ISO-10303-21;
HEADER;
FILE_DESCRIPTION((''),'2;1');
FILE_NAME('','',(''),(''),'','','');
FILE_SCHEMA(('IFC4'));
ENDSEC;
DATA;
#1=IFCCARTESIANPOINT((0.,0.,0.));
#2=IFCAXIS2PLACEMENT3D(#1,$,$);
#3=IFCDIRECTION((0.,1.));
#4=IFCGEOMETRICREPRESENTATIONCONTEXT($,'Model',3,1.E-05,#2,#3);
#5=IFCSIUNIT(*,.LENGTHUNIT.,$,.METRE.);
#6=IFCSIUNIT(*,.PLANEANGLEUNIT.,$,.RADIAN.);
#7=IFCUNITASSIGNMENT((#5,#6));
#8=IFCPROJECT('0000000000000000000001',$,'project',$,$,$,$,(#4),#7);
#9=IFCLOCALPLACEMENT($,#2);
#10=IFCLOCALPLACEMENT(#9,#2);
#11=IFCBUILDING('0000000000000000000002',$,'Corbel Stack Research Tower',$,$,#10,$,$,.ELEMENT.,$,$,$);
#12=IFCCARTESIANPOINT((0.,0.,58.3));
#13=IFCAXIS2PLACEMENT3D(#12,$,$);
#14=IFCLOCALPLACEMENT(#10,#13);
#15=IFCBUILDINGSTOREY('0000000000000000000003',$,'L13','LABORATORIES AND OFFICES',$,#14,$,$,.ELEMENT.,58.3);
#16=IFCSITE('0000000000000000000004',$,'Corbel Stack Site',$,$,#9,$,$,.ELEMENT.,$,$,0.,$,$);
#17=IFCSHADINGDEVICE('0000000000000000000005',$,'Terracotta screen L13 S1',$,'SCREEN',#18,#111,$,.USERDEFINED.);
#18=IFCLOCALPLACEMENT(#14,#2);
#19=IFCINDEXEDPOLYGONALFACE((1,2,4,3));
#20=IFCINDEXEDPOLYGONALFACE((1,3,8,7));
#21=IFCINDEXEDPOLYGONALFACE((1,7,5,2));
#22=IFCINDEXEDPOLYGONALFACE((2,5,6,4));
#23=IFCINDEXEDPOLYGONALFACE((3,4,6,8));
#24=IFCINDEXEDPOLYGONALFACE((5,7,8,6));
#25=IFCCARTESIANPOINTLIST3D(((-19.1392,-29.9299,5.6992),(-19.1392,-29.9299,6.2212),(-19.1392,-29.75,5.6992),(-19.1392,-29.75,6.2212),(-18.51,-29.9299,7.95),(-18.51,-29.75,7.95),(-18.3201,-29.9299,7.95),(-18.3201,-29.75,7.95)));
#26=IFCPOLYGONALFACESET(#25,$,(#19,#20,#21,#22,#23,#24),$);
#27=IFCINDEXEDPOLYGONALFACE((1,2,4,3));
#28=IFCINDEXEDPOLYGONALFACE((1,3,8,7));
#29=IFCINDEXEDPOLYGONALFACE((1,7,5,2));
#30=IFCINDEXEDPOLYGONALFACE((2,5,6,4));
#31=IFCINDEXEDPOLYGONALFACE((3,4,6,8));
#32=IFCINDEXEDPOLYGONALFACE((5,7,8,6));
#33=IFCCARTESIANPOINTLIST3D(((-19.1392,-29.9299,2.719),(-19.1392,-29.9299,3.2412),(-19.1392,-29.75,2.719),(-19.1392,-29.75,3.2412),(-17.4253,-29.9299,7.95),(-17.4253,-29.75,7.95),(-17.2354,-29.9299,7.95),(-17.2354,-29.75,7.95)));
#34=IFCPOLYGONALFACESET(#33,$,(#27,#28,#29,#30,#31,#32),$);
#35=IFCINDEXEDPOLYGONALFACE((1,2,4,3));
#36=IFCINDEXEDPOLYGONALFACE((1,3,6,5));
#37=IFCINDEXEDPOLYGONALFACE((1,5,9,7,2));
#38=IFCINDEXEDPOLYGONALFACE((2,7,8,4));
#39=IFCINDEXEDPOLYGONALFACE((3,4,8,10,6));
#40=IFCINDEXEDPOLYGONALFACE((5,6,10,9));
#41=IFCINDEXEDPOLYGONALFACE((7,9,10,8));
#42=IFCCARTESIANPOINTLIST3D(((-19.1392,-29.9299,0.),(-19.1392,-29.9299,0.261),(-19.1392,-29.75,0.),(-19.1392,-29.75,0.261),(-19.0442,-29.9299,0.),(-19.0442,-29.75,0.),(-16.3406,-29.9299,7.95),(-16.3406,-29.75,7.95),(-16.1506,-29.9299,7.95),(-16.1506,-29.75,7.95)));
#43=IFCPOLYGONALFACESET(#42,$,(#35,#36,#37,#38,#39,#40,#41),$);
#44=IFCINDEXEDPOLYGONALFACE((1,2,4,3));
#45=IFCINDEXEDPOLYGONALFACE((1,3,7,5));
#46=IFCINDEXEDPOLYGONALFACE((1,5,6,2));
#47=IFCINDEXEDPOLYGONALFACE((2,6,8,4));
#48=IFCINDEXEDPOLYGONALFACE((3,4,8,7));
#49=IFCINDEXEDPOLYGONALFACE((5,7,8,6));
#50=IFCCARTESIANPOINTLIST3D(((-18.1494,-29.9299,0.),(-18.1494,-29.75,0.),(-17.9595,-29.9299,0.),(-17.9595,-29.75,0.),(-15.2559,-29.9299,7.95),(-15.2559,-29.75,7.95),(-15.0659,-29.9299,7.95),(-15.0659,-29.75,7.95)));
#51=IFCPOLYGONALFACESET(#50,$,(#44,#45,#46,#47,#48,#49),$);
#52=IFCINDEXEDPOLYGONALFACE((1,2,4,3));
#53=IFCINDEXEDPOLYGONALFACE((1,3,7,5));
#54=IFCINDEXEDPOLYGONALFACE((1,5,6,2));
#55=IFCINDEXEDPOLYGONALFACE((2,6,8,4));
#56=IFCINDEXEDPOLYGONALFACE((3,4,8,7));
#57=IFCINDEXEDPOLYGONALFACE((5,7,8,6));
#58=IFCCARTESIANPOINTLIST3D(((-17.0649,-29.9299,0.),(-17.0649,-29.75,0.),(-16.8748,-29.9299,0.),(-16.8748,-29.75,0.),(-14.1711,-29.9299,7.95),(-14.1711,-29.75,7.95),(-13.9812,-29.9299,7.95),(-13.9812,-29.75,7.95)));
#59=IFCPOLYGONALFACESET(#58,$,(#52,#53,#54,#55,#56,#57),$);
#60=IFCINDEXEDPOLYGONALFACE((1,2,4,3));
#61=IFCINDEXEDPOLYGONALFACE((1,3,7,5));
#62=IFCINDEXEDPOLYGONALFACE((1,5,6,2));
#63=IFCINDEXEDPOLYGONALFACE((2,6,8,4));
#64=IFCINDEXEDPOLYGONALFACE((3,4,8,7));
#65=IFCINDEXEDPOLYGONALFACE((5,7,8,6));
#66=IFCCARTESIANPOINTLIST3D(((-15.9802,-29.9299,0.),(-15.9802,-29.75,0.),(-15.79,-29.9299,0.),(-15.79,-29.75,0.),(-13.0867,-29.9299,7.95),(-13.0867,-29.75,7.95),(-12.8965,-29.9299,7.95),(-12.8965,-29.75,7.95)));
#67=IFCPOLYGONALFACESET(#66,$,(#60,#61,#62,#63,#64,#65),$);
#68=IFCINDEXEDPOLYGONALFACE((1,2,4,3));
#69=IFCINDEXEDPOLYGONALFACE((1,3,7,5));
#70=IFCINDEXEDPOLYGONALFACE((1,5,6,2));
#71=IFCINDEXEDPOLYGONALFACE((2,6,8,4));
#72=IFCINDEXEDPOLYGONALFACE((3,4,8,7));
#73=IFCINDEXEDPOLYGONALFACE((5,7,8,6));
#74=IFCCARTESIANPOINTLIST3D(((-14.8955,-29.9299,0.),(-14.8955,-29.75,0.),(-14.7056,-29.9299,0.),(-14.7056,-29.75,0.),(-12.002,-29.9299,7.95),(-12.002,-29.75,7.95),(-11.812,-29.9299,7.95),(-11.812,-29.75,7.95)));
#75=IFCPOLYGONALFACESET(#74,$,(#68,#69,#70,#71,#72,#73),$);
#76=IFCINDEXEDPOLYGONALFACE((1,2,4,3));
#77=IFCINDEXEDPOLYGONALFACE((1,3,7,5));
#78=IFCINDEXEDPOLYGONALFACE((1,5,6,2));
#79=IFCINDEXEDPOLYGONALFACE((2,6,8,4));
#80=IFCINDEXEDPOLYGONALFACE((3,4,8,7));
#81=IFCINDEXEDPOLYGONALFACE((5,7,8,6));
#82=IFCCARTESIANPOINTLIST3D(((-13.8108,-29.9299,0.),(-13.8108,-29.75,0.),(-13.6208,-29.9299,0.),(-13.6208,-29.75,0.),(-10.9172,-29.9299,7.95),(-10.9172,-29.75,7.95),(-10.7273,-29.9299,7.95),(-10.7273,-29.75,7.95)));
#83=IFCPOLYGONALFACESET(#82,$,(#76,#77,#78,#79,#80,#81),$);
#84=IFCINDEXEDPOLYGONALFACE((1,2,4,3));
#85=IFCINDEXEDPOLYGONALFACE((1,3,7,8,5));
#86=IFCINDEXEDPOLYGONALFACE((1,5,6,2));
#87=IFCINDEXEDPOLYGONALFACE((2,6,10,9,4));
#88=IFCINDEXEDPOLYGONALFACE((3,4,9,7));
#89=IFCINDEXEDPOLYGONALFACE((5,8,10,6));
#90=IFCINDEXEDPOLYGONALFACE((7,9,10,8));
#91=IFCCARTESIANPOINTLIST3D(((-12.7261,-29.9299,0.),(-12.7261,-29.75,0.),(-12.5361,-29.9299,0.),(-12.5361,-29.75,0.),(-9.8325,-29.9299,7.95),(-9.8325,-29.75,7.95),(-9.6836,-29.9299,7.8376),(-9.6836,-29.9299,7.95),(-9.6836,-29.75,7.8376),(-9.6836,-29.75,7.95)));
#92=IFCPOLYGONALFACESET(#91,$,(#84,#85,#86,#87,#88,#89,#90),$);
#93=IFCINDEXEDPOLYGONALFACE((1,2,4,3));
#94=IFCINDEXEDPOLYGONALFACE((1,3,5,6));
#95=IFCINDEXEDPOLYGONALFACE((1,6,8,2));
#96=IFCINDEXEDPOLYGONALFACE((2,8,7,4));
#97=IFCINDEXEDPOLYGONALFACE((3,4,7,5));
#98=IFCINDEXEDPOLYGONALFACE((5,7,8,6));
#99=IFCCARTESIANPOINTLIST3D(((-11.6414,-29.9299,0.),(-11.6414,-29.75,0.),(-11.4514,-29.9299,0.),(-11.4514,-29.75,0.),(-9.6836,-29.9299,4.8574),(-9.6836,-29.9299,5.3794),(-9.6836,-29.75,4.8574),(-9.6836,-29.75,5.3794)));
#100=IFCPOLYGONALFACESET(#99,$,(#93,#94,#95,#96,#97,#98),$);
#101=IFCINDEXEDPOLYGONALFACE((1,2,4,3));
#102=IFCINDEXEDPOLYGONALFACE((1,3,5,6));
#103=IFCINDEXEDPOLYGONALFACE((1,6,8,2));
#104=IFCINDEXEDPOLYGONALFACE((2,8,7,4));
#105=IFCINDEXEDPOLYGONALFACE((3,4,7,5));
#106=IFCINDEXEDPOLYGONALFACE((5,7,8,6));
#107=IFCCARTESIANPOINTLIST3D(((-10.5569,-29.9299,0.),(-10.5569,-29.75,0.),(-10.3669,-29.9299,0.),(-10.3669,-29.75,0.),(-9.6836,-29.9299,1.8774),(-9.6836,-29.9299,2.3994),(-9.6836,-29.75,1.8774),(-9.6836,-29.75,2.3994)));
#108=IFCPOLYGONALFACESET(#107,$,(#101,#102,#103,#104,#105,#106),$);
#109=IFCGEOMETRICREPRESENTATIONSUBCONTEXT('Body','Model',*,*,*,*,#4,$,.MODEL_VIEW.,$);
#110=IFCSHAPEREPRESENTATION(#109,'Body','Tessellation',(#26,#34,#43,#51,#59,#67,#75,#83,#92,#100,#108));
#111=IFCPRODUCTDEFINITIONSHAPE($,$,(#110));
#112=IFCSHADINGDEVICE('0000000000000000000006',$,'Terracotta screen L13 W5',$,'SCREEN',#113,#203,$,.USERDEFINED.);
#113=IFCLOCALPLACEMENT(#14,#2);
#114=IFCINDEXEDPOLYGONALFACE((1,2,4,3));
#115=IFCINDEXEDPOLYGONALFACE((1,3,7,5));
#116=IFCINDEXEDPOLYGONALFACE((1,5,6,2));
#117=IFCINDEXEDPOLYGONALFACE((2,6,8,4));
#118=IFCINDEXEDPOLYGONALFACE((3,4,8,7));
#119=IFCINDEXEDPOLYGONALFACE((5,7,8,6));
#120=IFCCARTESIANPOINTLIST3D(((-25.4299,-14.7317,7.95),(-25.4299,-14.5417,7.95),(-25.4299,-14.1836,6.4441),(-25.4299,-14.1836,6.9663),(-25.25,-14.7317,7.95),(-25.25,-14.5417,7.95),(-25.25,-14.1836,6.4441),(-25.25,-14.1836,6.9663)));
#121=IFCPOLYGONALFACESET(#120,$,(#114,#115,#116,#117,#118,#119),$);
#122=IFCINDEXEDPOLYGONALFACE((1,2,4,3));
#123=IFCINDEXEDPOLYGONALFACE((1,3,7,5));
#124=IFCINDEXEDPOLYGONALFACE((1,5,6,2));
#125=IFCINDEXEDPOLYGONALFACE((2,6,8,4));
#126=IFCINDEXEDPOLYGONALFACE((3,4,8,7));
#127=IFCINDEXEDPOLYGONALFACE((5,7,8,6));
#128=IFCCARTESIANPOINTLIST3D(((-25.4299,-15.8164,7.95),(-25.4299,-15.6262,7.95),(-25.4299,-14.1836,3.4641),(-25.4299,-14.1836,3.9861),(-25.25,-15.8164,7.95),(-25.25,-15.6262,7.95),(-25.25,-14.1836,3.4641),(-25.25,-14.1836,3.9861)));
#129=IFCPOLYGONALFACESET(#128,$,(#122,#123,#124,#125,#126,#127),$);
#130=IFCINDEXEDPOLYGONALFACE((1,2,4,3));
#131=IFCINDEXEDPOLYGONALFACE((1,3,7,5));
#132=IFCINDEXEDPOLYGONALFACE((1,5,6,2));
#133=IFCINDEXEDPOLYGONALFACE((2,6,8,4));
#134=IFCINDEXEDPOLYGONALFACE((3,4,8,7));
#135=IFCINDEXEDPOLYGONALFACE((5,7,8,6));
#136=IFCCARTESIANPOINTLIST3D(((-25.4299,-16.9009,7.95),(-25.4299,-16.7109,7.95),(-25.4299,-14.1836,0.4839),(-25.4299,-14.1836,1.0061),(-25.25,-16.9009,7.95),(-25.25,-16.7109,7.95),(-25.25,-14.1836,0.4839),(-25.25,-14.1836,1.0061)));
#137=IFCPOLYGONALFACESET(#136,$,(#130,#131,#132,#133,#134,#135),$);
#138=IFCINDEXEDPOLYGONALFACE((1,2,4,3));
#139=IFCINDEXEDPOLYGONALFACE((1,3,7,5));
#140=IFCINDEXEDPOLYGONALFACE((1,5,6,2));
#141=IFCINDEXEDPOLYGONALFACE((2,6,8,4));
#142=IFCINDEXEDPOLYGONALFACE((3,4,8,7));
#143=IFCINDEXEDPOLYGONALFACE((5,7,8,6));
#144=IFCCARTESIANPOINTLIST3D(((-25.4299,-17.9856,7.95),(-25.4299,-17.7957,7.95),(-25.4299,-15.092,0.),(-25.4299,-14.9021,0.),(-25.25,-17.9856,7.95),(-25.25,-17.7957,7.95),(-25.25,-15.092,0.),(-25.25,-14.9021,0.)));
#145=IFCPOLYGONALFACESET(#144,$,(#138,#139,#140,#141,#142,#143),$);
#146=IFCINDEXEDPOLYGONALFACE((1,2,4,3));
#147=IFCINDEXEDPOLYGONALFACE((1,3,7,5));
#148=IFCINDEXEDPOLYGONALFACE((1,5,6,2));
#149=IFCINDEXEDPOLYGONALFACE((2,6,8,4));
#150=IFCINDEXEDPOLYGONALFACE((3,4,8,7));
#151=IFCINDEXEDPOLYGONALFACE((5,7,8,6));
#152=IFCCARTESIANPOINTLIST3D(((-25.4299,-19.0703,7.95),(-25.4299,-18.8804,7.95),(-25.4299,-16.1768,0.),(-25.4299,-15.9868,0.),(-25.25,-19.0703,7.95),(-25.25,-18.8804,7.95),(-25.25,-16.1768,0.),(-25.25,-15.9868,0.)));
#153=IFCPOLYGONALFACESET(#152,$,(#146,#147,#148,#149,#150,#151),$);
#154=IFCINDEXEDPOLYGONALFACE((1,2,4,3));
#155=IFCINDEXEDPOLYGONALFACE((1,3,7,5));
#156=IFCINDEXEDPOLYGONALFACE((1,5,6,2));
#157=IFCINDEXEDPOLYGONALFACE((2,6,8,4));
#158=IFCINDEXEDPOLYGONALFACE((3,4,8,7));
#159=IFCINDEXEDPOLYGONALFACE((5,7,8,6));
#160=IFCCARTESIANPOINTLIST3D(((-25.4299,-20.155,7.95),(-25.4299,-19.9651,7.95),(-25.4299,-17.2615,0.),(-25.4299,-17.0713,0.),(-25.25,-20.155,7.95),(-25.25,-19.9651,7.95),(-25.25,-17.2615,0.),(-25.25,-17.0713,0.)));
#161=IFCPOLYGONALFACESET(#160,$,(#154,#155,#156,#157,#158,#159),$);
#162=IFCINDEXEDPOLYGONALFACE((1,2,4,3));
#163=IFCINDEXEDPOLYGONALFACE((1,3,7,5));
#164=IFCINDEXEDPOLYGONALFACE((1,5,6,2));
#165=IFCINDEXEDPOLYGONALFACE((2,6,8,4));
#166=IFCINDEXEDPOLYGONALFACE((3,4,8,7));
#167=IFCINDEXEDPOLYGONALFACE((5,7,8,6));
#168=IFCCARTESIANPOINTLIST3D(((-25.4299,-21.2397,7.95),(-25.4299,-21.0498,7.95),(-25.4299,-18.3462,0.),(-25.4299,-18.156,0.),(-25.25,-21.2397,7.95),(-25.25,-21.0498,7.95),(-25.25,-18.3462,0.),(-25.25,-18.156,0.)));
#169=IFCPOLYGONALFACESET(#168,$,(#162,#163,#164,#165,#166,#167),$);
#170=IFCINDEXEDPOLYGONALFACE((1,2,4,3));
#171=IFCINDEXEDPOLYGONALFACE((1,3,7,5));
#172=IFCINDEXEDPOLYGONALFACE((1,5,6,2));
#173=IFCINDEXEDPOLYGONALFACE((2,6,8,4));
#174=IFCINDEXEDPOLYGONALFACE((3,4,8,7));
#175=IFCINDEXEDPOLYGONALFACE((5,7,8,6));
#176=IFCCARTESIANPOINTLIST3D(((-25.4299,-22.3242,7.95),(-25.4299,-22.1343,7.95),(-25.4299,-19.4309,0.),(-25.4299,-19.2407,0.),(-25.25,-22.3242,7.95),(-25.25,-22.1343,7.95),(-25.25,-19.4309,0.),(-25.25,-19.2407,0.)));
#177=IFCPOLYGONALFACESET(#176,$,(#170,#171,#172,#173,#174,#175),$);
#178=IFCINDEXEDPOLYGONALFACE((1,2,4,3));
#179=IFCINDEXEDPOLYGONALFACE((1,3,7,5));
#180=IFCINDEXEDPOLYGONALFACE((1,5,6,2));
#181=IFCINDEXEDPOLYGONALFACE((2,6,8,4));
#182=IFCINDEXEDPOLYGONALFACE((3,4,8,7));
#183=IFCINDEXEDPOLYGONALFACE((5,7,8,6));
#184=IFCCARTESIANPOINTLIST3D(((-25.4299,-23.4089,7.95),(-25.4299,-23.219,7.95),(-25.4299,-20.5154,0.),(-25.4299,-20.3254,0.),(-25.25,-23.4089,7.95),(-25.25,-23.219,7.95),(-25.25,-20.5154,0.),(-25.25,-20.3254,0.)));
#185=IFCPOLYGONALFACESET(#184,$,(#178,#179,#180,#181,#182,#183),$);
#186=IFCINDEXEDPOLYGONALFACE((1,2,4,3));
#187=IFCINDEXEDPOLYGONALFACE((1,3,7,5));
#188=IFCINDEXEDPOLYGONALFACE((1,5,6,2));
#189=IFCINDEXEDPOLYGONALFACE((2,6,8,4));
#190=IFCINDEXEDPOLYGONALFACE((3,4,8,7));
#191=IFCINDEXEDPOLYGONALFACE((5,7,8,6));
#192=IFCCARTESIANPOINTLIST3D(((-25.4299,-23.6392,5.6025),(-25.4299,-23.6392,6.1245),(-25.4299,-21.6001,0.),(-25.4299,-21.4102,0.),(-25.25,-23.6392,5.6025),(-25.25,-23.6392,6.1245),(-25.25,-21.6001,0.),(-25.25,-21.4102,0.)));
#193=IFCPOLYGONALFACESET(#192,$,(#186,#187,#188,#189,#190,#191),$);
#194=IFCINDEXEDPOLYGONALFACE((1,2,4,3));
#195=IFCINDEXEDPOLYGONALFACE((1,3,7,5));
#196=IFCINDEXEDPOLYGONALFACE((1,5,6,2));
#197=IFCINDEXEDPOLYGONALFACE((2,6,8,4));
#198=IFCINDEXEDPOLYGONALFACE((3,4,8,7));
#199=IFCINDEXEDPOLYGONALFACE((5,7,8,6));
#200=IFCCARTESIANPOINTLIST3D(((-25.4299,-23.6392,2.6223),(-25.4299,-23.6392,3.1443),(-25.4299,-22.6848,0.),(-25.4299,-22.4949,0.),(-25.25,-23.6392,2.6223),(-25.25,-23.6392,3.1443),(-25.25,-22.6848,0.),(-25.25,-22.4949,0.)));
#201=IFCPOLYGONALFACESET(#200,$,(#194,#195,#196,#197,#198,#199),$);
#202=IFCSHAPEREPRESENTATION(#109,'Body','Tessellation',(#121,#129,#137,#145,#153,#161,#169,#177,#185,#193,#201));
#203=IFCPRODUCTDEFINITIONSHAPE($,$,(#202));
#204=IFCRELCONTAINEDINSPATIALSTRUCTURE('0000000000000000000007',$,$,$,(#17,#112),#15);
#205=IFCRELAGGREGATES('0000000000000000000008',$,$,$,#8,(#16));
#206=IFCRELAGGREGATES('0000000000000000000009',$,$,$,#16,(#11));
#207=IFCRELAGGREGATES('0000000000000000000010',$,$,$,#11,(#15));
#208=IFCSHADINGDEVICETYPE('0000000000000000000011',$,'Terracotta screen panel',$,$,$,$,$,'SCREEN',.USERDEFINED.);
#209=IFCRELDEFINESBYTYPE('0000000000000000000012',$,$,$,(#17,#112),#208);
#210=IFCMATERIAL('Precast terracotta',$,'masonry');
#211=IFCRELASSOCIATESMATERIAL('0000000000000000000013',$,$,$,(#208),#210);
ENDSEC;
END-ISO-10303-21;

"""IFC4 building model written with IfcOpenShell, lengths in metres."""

from ifc_helpers import new_model, si_unit, direction, frame, origin, place, context, subcontext, project, spatial, polyline, outline, extrude, source, transform, mapped, material, type_object, element, save


model = new_model("IFC4")

# Units and contexts
model_context = context("Model", 3, precision=1e-05, world=origin(), true_north=direction((0.0, 1.0)))
body_context = subcontext(model_context, "Body", "Model", "MODEL_VIEW")
ifc_project = project(units=[si_unit("LENGTHUNIT", "METRE"), si_unit("PLANEANGLEUNIT", "RADIAN")], contexts=[model_context])

# Site, building, storey
site_placement = place(None, origin())
site = spatial("IfcSite", under=ifc_project, at=site_placement, Name="Corbel Stack Site", CompositionType="ELEMENT", RefElevation=0.0)
building_placement = place(site_placement, origin())
building = spatial("IfcBuilding", under=site, at=building_placement, Name="Corbel Stack Research Tower", CompositionType="ELEMENT")
storey_placement = place(building_placement, frame((0.0, 0.0, 58.3)))
storey = spatial("IfcBuildingStorey", under=building, at=storey_placement, Name="L13", Description="LABORATORIES AND OFFICES", CompositionType="ELEMENT", Elevation=58.3)

# Shading devices
ifc_material_1 = material(Name="Precast terracotta", Category="masonry")
shading_device_type = type_object("IfcShadingDeviceType", Name="Terracotta screen panel", ElementType="SCREEN", PredefinedType="USERDEFINED", material=ifc_material_1)
shared_shape_1 = source(origin(), body_context, "Body", "SweptSolid", [
    extrude(outline(polyline([(0.8191, 7.95), (0.6292, 7.95), (0.0, 6.2212), (0.0, 5.6992), (0.8191, 7.95)])), frame((0.0, 0.0, 0.0), z_axis=(0.0, -1.0, 0.0), x_axis=(1.0, 0.0, 0.0)), (0.0, 0.0, 1.0), 0.1799),
    extrude(outline(polyline([(1.9038, 7.95), (1.7139, 7.95), (0.0, 3.2412), (0.0, 2.719), (1.9038, 7.95)])), frame((0.0, 0.0, 0.0), z_axis=(0.0, -1.0, 0.0), x_axis=(1.0, 0.0, 0.0)), (0.0, 0.0, 1.0), 0.1799),
    extrude(outline(polyline([(0.095, 0.0), (2.9885, 7.95), (2.7986, 7.95), (0.0, 0.261), (0.0, 0.0), (0.095, 0.0)])), frame((0.0, 0.0, 0.0), z_axis=(0.0, -1.0, 0.0), x_axis=(1.0, 0.0, 0.0)), (0.0, 0.0, 1.0), 0.1799),
    extrude(outline(polyline([(1.1797, 0.0), (4.0732, 7.95), (3.8833, 7.95), (0.9897, 0.0), (1.1797, 0.0)])), frame((0.0, 0.0, 0.0), z_axis=(0.0, -1.0, 0.0), x_axis=(1.0, 0.0, 0.0)), (0.0, 0.0, 1.0), 0.1799),
    extrude(outline(polyline([(2.2644, 0.0), (5.158, 7.95), (4.968, 7.95), (2.0742, 0.0), (2.2644, 0.0)])), frame((0.0, 0.0, 0.0), z_axis=(0.0, -1.0, 0.0), x_axis=(1.0, 0.0, 0.0)), (0.0, 0.0, 1.0), 0.1799),
    extrude(outline(polyline([(3.3491, 0.0), (6.2427, 7.95), (6.0525, 7.95), (3.1589, 0.0), (3.3491, 0.0)])), frame((0.0, 0.0, 0.0), z_axis=(0.0, -1.0, 0.0), x_axis=(1.0, 0.0, 0.0)), (0.0, 0.0, 1.0), 0.1799),
    extrude(outline(polyline([(4.4336, 0.0), (7.3271, 7.95), (7.1372, 7.95), (4.2437, 0.0), (4.4336, 0.0)])), frame((0.0, 0.0, 0.0), z_axis=(0.0, -1.0, 0.0), x_axis=(1.0, 0.0, 0.0)), (0.0, 0.0, 1.0), 0.1799),
    extrude(outline(polyline([(5.5183, 0.0), (8.4119, 7.95), (8.2219, 7.95), (5.3284, 0.0), (5.5183, 0.0)])), frame((0.0, 0.0, 0.0), z_axis=(0.0, -1.0, 0.0), x_axis=(1.0, 0.0, 0.0)), (0.0, 0.0, 1.0), 0.1799),
    extrude(outline(polyline([(6.603, 0.0), (9.4556, 7.8376), (9.4556, 7.95), (9.3066, 7.95), (6.4131, 0.0), (6.603, 0.0)])), frame((0.0, 0.0, 0.0), z_axis=(0.0, -1.0, 0.0), x_axis=(1.0, 0.0, 0.0)), (0.0, 0.0, 1.0), 0.1799),
    extrude(outline(polyline([(7.6877, 0.0), (9.4556, 4.8574), (9.4556, 5.3794), (7.4978, 0.0), (7.6877, 0.0)])), frame((0.0, 0.0, 0.0), z_axis=(0.0, -1.0, 0.0), x_axis=(1.0, 0.0, 0.0)), (0.0, 0.0, 1.0), 0.1799),
    extrude(outline(polyline([(8.7722, 0.0), (9.4556, 1.8774), (9.4556, 2.3994), (8.5823, 0.0), (8.7722, 0.0)])), frame((0.0, 0.0, 0.0), z_axis=(0.0, -1.0, 0.0), x_axis=(1.0, 0.0, 0.0)), (0.0, 0.0, 1.0), 0.1799),
])
shading_device_1_placement = place(storey_placement, frame((-19.1392, -29.75, 0.0), z_axis=(0.0, 0.0, 1.0), x_axis=(1.0, 0.0, 0.0)))
element("IfcShadingDevice", 1, at=shading_device_1_placement, inside=storey, type_object=shading_device_type, Name="Terracotta screen L13 S1", ObjectType="SCREEN", PredefinedType="USERDEFINED", context=body_context, shape_type="MappedRepresentation", body=[
    mapped(shared_shape_1, transform((0.0, 0.0, 0.0))),
])
shared_shape_2 = source(origin(), body_context, "Body", "SweptSolid", [
    extrude(outline(polyline([(0.5481, 7.95), (0.3582, 7.95), (0.0, 6.9663), (0.0, 6.4441), (0.5481, 7.95)])), frame((0.0, 0.0, 0.0), z_axis=(0.0, -1.0, 0.0), x_axis=(1.0, 0.0, 0.0)), (0.0, 0.0, 1.0), 0.1799),
    extrude(outline(polyline([(1.6328, 7.95), (1.4426, 7.95), (0.0, 3.9861), (0.0, 3.4641), (1.6328, 7.95)])), frame((0.0, 0.0, 0.0), z_axis=(0.0, -1.0, 0.0), x_axis=(1.0, 0.0, 0.0)), (0.0, 0.0, 1.0), 0.1799),
    extrude(outline(polyline([(2.7173, 7.95), (2.5273, 7.95), (0.0, 1.0061), (0.0, 0.4839), (2.7173, 7.95)])), frame((0.0, 0.0, 0.0), z_axis=(0.0, -1.0, 0.0), x_axis=(1.0, 0.0, 0.0)), (0.0, 0.0, 1.0), 0.1799),
    extrude(outline(polyline([(0.9084, 0.0), (3.802, 7.95), (3.6121, 7.95), (0.7185, 0.0), (0.9084, 0.0)])), frame((0.0, 0.0, 0.0), z_axis=(0.0, -1.0, 0.0), x_axis=(1.0, 0.0, 0.0)), (0.0, 0.0, 1.0), 0.1799),
    extrude(outline(polyline([(1.9932, 0.0), (4.8867, 7.95), (4.6968, 7.95), (1.8032, 0.0), (1.9932, 0.0)])), frame((0.0, 0.0, 0.0), z_axis=(0.0, -1.0, 0.0), x_axis=(1.0, 0.0, 0.0)), (0.0, 0.0, 1.0), 0.1799),
    extrude(outline(polyline([(3.0779, 0.0), (5.9714, 7.95), (5.7815, 7.95), (2.8877, 0.0), (3.0779, 0.0)])), frame((0.0, 0.0, 0.0), z_axis=(0.0, -1.0, 0.0), x_axis=(1.0, 0.0, 0.0)), (0.0, 0.0, 1.0), 0.1799),
    extrude(outline(polyline([(4.1626, 0.0), (7.0562, 7.95), (6.8662, 7.95), (3.9724, 0.0), (4.1626, 0.0)])), frame((0.0, 0.0, 0.0), z_axis=(0.0, -1.0, 0.0), x_axis=(1.0, 0.0, 0.0)), (0.0, 0.0, 1.0), 0.1799),
    extrude(outline(polyline([(5.2473, 0.0), (8.1406, 7.95), (7.9507, 7.95), (5.0571, 0.0), (5.2473, 0.0)])), frame((0.0, 0.0, 0.0), z_axis=(0.0, -1.0, 0.0), x_axis=(1.0, 0.0, 0.0)), (0.0, 0.0, 1.0), 0.1799),
    extrude(outline(polyline([(6.3318, 0.0), (9.2253, 7.95), (9.0354, 7.95), (6.1418, 0.0), (6.3318, 0.0)])), frame((0.0, 0.0, 0.0), z_axis=(0.0, -1.0, 0.0), x_axis=(1.0, 0.0, 0.0)), (0.0, 0.0, 1.0), 0.1799),
    extrude(outline(polyline([(7.4165, 0.0), (9.4556, 5.6025), (9.4556, 6.1245), (7.2266, 0.0), (7.4165, 0.0)])), frame((0.0, 0.0, 0.0), z_axis=(0.0, -1.0, 0.0), x_axis=(1.0, 0.0, 0.0)), (0.0, 0.0, 1.0), 0.1799),
    extrude(outline(polyline([(8.5012, 0.0), (9.4556, 2.6223), (9.4556, 3.1443), (8.3113, 0.0), (8.5012, 0.0)])), frame((0.0, 0.0, 0.0), z_axis=(0.0, -1.0, 0.0), x_axis=(1.0, 0.0, 0.0)), (0.0, 0.0, 1.0), 0.1799),
])
shading_device_2_placement = place(storey_placement, frame((-25.25, -14.1836, 0.0), z_axis=(0.0, 0.0, 1.0), x_axis=(0.0, -1.0, 0.0)))
element("IfcShadingDevice", 2, at=shading_device_2_placement, inside=storey, type_object=shading_device_type, Name="Terracotta screen L13 W5", ObjectType="SCREEN", PredefinedType="USERDEFINED", context=body_context, shape_type="MappedRepresentation", body=[
    mapped(shared_shape_2, transform((0.0, 0.0, 0.0))),
])

save(model, "model.ifc")
